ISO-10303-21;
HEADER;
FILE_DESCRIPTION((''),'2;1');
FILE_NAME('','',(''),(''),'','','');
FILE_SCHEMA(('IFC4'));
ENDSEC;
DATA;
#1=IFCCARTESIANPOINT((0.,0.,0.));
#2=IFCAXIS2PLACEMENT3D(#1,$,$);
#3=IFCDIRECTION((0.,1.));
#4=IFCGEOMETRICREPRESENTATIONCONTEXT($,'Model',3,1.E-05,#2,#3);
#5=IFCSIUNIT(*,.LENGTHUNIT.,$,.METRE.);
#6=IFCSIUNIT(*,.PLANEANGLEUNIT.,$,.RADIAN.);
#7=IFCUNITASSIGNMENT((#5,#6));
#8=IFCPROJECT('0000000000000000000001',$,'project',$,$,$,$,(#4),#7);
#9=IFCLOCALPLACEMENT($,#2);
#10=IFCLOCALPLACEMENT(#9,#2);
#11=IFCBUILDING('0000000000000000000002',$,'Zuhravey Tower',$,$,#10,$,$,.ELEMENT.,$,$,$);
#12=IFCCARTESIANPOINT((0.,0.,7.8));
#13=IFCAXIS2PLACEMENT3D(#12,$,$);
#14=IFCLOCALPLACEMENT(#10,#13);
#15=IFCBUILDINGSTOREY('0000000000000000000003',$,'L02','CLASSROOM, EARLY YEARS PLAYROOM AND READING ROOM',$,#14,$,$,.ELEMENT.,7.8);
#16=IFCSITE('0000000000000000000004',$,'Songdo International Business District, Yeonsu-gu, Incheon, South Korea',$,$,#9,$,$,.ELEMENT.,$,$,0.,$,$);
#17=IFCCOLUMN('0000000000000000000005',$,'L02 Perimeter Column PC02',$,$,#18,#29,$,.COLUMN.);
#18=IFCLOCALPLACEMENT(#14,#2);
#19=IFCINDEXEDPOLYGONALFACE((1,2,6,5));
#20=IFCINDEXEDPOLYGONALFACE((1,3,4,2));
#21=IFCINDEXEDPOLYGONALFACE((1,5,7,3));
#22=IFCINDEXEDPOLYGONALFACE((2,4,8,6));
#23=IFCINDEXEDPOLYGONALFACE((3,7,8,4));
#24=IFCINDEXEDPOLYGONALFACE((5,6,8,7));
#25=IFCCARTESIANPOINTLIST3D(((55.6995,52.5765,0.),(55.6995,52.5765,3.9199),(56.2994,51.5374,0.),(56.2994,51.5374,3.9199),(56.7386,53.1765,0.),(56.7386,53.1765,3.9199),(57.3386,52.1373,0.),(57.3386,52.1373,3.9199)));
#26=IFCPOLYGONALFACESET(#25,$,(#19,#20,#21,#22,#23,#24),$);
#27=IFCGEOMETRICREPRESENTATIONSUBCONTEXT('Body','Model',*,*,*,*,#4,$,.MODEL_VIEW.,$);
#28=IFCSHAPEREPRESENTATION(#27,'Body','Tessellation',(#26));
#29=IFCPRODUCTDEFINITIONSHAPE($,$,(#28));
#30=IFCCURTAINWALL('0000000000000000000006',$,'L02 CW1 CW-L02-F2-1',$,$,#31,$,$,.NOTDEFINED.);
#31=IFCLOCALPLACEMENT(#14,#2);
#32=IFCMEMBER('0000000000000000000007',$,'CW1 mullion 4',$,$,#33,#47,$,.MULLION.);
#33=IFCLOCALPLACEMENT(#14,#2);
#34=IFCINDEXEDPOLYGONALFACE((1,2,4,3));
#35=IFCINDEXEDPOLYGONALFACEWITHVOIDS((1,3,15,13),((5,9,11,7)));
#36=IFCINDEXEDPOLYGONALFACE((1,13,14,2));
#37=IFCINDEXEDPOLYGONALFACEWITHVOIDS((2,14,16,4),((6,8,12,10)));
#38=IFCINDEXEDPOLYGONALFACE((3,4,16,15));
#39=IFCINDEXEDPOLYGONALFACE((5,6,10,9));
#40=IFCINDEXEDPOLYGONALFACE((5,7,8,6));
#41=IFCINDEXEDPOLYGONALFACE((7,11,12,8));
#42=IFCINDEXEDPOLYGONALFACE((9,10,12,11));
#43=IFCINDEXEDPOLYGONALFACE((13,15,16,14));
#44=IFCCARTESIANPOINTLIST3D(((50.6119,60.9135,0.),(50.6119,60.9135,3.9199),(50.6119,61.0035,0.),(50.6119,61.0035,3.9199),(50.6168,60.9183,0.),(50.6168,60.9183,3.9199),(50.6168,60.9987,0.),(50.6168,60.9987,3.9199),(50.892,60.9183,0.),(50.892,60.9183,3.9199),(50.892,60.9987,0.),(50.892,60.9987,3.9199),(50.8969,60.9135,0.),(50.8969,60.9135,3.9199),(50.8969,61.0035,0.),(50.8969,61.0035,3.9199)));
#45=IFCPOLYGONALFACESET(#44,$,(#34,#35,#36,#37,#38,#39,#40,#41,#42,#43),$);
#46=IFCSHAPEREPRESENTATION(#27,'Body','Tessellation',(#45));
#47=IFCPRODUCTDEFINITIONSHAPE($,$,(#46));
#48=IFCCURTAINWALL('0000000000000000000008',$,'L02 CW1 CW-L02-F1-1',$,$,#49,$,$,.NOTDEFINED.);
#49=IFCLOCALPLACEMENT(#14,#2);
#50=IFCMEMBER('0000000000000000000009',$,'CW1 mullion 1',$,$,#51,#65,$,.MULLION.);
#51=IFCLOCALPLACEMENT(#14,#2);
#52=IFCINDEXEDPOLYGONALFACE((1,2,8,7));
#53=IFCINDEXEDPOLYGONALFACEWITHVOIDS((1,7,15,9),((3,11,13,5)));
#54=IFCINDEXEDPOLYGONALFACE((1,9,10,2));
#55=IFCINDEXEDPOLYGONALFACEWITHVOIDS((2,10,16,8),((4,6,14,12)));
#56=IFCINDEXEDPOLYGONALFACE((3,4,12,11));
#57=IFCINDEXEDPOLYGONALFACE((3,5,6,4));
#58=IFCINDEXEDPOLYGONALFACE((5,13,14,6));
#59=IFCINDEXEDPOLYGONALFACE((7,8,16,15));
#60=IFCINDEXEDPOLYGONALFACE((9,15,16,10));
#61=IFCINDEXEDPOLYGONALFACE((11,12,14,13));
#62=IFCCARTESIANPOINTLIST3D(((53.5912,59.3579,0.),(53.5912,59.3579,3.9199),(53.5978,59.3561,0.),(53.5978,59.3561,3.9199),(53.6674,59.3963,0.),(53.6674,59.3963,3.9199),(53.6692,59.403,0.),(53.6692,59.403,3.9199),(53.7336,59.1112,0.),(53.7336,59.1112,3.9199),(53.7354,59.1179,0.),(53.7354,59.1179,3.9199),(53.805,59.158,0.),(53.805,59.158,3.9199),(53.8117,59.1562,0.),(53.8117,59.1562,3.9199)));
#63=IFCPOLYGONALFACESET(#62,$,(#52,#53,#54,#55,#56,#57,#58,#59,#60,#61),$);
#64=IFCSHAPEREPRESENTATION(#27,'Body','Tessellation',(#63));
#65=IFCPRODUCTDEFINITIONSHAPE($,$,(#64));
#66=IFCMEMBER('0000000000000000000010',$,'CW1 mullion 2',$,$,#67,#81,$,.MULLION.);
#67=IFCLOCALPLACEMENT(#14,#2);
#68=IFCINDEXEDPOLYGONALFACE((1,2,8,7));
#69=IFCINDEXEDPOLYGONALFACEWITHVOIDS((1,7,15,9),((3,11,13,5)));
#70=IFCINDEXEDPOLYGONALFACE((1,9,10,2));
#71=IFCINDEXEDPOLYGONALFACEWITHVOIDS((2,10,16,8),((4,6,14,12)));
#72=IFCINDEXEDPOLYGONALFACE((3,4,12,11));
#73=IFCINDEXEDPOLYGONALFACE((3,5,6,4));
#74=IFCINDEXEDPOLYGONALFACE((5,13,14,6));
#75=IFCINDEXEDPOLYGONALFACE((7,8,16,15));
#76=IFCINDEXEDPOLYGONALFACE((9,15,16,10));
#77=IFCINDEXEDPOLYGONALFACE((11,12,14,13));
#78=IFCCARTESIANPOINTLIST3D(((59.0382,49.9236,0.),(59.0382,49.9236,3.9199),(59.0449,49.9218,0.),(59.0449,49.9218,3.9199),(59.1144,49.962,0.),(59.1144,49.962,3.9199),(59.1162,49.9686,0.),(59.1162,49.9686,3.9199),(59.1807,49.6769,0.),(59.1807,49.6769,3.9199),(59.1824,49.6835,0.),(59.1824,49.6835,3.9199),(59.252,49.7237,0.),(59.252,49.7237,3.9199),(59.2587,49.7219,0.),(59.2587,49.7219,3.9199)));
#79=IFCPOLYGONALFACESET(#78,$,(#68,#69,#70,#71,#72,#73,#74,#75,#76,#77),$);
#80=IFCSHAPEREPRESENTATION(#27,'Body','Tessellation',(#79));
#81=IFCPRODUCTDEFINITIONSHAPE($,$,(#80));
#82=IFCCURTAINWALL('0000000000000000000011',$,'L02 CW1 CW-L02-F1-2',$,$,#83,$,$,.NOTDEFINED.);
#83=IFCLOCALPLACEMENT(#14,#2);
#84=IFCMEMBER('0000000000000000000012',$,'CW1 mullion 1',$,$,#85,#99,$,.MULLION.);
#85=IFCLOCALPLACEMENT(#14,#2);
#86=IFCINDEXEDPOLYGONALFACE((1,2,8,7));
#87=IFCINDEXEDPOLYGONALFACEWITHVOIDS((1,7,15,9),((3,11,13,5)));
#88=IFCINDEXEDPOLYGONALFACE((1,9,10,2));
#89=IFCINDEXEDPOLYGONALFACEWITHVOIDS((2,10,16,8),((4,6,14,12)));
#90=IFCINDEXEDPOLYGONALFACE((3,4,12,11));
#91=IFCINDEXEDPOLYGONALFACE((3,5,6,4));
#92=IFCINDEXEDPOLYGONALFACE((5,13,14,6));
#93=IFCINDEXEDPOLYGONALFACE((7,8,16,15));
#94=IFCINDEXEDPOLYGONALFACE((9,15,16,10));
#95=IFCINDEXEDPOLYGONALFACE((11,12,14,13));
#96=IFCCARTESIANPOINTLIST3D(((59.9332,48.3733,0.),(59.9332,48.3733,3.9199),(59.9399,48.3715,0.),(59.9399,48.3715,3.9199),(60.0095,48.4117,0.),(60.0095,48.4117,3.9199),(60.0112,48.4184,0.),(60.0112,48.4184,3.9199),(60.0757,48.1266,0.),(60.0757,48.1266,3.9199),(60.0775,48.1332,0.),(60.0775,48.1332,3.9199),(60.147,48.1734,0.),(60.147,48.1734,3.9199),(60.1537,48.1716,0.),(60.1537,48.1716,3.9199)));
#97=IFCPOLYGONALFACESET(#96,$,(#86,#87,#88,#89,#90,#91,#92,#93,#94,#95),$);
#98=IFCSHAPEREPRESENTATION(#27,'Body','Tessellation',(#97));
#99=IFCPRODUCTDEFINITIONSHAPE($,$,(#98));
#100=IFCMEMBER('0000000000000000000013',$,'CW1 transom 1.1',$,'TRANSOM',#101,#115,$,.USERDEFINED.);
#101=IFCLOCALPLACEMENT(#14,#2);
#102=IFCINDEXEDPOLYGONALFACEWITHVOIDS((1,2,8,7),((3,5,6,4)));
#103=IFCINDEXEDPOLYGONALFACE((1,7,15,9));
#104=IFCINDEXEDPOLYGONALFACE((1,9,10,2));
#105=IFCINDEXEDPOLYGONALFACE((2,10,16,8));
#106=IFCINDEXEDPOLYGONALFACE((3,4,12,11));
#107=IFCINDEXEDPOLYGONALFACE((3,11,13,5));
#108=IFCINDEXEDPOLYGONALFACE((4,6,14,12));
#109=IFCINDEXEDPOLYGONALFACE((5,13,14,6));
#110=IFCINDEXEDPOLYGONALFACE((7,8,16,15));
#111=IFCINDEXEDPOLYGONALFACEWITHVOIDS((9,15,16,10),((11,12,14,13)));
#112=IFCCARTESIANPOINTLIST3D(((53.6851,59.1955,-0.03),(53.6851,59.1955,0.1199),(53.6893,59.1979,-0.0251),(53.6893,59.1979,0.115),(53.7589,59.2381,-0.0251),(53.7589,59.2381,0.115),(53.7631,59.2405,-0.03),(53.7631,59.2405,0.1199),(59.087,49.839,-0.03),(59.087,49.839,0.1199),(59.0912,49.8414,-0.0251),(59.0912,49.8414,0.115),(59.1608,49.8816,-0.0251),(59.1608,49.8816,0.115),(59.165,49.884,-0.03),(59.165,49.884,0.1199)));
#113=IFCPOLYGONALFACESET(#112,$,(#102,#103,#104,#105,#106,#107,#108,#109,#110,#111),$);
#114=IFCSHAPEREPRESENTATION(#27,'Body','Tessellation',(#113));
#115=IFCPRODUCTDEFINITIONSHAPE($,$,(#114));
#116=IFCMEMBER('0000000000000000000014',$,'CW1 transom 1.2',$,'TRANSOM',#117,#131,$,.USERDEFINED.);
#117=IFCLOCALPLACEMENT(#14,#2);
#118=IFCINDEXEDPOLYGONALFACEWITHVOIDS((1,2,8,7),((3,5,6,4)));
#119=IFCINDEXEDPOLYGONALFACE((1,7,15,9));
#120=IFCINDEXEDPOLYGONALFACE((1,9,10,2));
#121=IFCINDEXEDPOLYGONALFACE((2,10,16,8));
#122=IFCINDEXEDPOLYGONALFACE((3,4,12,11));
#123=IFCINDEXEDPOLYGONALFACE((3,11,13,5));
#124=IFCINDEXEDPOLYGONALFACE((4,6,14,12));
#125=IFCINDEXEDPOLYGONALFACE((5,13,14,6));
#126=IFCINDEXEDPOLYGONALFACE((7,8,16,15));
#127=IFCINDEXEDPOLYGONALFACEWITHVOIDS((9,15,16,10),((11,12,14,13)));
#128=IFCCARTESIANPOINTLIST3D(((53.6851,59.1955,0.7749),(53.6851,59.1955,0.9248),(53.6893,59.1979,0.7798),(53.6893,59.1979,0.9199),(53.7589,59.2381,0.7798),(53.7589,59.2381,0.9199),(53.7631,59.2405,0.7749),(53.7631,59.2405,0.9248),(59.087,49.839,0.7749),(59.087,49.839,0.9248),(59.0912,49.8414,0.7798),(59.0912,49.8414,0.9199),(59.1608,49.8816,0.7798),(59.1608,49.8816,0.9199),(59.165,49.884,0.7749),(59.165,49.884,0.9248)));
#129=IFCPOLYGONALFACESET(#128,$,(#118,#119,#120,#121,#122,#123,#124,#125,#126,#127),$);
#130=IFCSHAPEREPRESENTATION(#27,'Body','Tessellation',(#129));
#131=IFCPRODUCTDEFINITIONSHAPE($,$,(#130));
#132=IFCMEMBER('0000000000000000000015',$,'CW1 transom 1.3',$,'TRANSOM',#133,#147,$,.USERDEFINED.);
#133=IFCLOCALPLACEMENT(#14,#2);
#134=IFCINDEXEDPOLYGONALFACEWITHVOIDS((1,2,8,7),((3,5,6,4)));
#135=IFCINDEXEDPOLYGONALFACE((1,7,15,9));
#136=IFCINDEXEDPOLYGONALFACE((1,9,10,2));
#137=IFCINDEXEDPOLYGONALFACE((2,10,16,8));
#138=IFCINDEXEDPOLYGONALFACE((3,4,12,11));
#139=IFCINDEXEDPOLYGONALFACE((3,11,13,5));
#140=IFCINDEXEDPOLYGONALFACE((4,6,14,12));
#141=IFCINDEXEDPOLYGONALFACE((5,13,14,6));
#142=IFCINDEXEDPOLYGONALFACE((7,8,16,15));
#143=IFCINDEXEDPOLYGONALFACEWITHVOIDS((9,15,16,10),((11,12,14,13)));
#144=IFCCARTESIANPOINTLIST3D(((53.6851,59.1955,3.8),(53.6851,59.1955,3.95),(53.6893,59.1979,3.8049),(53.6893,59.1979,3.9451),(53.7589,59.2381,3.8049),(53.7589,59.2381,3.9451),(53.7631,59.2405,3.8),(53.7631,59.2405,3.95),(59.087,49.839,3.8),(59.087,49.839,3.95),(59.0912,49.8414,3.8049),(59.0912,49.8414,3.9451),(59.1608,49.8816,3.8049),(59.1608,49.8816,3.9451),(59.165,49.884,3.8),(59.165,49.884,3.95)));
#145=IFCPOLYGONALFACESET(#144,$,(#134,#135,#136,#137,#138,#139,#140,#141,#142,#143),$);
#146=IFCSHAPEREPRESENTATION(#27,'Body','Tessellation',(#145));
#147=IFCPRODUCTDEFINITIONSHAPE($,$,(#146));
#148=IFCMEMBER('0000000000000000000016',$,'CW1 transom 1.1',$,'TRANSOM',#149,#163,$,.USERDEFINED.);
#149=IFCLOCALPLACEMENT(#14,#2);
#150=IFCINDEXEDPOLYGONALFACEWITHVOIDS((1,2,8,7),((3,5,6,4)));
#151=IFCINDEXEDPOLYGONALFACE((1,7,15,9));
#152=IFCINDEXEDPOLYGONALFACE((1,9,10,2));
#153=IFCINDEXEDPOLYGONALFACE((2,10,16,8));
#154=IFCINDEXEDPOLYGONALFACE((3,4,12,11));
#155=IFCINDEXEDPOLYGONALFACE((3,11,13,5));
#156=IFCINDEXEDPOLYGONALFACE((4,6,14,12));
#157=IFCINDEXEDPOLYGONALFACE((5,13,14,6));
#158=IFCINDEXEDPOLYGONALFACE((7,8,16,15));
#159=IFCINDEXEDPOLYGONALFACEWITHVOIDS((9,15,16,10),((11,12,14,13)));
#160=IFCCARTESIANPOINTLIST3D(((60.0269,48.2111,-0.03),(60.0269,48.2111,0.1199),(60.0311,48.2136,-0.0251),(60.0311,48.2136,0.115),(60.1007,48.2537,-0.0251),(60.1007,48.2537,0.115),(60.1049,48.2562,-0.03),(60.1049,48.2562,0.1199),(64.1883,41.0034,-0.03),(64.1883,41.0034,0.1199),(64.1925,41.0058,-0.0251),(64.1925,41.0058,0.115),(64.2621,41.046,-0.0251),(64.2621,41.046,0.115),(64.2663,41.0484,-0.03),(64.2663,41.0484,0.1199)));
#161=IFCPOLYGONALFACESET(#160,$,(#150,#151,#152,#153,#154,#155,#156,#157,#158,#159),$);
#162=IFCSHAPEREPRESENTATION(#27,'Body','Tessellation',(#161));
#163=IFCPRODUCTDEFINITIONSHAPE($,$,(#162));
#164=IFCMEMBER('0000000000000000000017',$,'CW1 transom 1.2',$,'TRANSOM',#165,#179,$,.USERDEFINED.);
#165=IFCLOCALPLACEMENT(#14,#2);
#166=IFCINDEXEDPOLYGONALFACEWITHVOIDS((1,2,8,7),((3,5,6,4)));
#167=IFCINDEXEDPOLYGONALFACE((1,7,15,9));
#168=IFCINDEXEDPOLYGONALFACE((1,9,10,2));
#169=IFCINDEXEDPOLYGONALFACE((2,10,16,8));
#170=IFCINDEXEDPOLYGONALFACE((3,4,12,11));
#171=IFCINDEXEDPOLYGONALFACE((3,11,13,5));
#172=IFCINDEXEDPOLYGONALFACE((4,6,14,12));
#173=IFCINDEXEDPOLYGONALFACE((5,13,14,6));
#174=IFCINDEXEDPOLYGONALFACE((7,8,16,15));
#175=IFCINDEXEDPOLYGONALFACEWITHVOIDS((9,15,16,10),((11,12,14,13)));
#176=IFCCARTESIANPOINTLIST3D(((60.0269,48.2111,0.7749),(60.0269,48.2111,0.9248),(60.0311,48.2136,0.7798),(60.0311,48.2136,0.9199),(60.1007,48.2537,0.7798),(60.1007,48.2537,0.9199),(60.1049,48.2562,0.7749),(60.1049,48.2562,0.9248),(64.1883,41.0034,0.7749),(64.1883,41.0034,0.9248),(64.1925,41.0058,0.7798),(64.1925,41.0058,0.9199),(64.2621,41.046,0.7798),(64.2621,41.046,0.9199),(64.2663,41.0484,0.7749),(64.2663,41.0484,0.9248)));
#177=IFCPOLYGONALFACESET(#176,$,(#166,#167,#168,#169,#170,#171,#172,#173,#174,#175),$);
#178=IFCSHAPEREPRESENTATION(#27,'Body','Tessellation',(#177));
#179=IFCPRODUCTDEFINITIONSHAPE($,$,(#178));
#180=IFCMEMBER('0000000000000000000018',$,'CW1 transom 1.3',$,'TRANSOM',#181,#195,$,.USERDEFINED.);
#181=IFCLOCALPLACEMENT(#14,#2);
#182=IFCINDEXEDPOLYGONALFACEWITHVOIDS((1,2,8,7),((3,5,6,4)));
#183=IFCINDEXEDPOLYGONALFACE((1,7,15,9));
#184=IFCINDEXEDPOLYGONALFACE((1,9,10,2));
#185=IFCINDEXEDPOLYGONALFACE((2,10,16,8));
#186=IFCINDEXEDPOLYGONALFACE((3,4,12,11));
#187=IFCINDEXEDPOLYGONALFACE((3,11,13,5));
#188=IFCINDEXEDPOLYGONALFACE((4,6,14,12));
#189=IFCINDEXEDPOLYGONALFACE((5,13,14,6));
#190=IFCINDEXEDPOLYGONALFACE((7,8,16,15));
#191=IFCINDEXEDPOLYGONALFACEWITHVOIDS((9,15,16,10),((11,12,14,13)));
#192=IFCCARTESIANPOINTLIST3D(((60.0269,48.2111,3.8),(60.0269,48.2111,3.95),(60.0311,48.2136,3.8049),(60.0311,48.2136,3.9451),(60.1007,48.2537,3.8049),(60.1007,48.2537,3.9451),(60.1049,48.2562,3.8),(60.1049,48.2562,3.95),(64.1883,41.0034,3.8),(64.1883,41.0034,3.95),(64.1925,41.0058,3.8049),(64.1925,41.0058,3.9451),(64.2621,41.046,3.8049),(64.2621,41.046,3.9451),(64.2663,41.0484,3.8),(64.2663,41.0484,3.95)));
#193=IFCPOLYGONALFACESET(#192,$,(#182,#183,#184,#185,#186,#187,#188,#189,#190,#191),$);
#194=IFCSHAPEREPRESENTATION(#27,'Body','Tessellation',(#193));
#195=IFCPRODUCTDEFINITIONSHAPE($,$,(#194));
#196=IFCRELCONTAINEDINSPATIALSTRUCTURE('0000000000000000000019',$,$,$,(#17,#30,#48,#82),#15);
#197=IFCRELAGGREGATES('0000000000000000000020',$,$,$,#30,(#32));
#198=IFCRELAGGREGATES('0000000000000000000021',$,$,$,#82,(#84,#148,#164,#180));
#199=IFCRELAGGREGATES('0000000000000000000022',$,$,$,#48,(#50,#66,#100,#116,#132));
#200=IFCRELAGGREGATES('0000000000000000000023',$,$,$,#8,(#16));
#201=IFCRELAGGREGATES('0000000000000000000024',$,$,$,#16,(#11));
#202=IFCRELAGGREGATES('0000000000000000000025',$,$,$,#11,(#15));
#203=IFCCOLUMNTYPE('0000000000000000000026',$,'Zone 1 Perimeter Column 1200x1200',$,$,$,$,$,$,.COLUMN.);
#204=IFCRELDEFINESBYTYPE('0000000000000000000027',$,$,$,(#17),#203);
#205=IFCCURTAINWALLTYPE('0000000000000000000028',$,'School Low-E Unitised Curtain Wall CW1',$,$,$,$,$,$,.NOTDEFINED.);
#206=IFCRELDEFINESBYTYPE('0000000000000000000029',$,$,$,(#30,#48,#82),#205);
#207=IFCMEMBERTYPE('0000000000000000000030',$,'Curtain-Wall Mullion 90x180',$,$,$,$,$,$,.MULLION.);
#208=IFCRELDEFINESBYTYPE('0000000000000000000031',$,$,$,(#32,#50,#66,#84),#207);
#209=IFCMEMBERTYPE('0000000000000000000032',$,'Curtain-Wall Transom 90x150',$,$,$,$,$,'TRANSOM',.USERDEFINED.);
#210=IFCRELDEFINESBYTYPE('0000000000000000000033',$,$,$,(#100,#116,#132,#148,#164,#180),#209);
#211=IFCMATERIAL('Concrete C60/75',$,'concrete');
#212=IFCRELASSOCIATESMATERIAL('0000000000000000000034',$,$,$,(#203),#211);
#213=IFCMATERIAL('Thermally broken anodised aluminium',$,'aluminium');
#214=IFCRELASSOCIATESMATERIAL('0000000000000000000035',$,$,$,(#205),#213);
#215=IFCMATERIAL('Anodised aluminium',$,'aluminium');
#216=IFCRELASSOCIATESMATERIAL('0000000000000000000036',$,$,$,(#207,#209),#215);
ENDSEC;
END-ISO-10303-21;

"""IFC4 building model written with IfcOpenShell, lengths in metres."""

from ifc_helpers import new_model, si_unit, direction, frame, origin, origin_2d, place, context, subcontext, project, spatial, rectangle, hollow_rectangle, extrude, material, material_profile, profile_set, type_object, element, aggregate, save


model = new_model("IFC4")

# Units and contexts
model_context = context("Model", 3, precision=1e-05, world=origin(), true_north=direction((0.0, 1.0)))
body_context = subcontext(model_context, "Body", "Model", "MODEL_VIEW")
ifc_project = project(units=[si_unit("LENGTHUNIT", "METRE"), si_unit("PLANEANGLEUNIT", "RADIAN")], contexts=[model_context])

# Site, building, storey
site_placement = place(None, origin())
site = spatial("IfcSite", under=ifc_project, at=site_placement, Name="Songdo International Business District, Yeonsu-gu, Incheon, South Korea", CompositionType="ELEMENT", RefElevation=0.0)
building_placement = place(site_placement, origin())
building = spatial("IfcBuilding", under=site, at=building_placement, Name="Zuhravey Tower", CompositionType="ELEMENT")
storey_placement = place(building_placement, frame((0.0, 0.0, 7.8)))
storey = spatial("IfcBuildingStorey", under=building, at=storey_placement, Name="L02", Description="CLASSROOM, EARLY YEARS PLAYROOM AND READING ROOM", CompositionType="ELEMENT", Elevation=7.8)

# Column
ifc_material_1 = material(Name="Concrete C60/75", Category="concrete")
ifc_material_profile_1 = material_profile(ifc_material_1, rectangle(XDim=1.2, YDim=1.2, at=origin_2d()), Name="RC-1200x1200")
ifc_profile_set_1 = profile_set([ifc_material_profile_1], Name="Concrete C60/75")
column_type = type_object("IfcColumnType", Name="Zone 1 Perimeter Column 1200x1200", PredefinedType="COLUMN", material=ifc_profile_set_1)
column_placement = place(storey_placement, frame((56.519, 52.3569, 0.0), z_axis=(0.0, 0.0, 1.0), x_axis=(-0.5, 0.866025, 0.0)))
element("IfcColumn", 1, at=column_placement, inside=storey, type_object=column_type, Name="L02 Perimeter Column PC02", PredefinedType="COLUMN", context=body_context, shape_type="SweptSolid", body=[
    extrude(rectangle(XDim=1.2, YDim=1.2, at=origin_2d()), origin(), (0.0, 0.0, 1.0), 3.9199),
])

# Curtain wall, member
ifc_material_2 = material(Name="Thermally broken anodised aluminium", Category="aluminium")
curtain_wall_type = type_object("IfcCurtainWallType", Name="School Low-E Unitised Curtain Wall CW1", PredefinedType="NOTDEFINED", material=ifc_material_2)
curtain_wall_1_placement = place(storey_placement, origin())
curtain_wall_1 = element("IfcCurtainWall", 2, at=curtain_wall_1_placement, inside=storey, type_object=curtain_wall_type, Name="L02 CW1 CW-L02-F2-1", PredefinedType="NOTDEFINED")
ifc_material_3 = material(Name="Anodised aluminium", Category="aluminium")
ifc_material_profile_2 = material_profile(ifc_material_3, hollow_rectangle(XDim=0.0901, YDim=0.2849, WallThickness=0.0049, at=origin_2d()), Name="ALU-RHS-90x285x5")
ifc_profile_set_2 = profile_set([ifc_material_profile_2], Name="Anodised aluminium")
member_type_1 = type_object("IfcMemberType", Name="Curtain-Wall Mullion 90x180", PredefinedType="MULLION", material=ifc_profile_set_2)
member_1_placement = place(storey_placement, frame((50.7544, 60.9585, 0.0), z_axis=(0.0, 0.0, 1.0), x_axis=(0.0, 1.0, 0.0)))
member_1 = element("IfcMember", 3, at=member_1_placement, type_object=member_type_1, Name="CW1 mullion 4", PredefinedType="MULLION", context=body_context, shape_type="SweptSolid", body=[
    extrude(hollow_rectangle(XDim=0.0901, YDim=0.2849, WallThickness=0.0049, at=origin_2d()), origin(), (0.0, 0.0, 1.0), 3.9199),
])
aggregate(curtain_wall_1, [member_1])

# Curtain wall, members
curtain_wall_2_placement = place(storey_placement, origin())
curtain_wall_2 = element("IfcCurtainWall", 4, at=curtain_wall_2_placement, inside=storey, type_object=curtain_wall_type, Name="L02 CW1 CW-L02-F1-1", PredefinedType="NOTDEFINED")
member_2_placement = place(storey_placement, frame((53.7014, 59.2571, 0.0), z_axis=(0.0, 0.0, 1.0), x_axis=(0.866027, 0.499998, 0.0)))
member_2 = element("IfcMember", 5, at=member_2_placement, type_object=member_type_1, Name="CW1 mullion 1", PredefinedType="MULLION", context=body_context, shape_type="SweptSolid", body=[
    extrude(hollow_rectangle(XDim=0.0901, YDim=0.2849, WallThickness=0.0049, at=origin_2d()), origin(), (0.0, 0.0, 1.0), 3.9199),
])
member_3_placement = place(storey_placement, frame((59.1484, 49.8228, 0.0), z_axis=(0.0, 0.0, 1.0), x_axis=(0.866027, 0.499998, 0.0)))
member_3 = element("IfcMember", 6, at=member_3_placement, type_object=member_type_1, Name="CW1 mullion 2", PredefinedType="MULLION", context=body_context, shape_type="SweptSolid", body=[
    extrude(hollow_rectangle(XDim=0.0901, YDim=0.2849, WallThickness=0.0049, at=origin_2d()), origin(), (0.0, 0.0, 1.0), 3.9199),
])

# Curtain wall, member
curtain_wall_3_placement = place(storey_placement, origin())
curtain_wall_3 = element("IfcCurtainWall", 7, at=curtain_wall_3_placement, inside=storey, type_object=curtain_wall_type, Name="L02 CW1 CW-L02-F1-2", PredefinedType="NOTDEFINED")
member_4_placement = place(storey_placement, frame((60.0435, 48.2725, 0.0), z_axis=(0.0, 0.0, 1.0), x_axis=(0.866026, 0.5, 0.0)))
member_4 = element("IfcMember", 8, at=member_4_placement, type_object=member_type_1, Name="CW1 mullion 1", PredefinedType="MULLION", context=body_context, shape_type="SweptSolid", body=[
    extrude(hollow_rectangle(XDim=0.0901, YDim=0.2849, WallThickness=0.0049, at=origin_2d()), origin(), (0.0, 0.0, 1.0), 3.9199),
])

# Members
ifc_material_profile_3 = material_profile(ifc_material_3, hollow_rectangle(XDim=0.0901, YDim=0.1499, WallThickness=0.0049, at=origin_2d()), Name="ALU-RHS-90x150x5")
ifc_profile_set_3 = profile_set([ifc_material_profile_3], Name="Anodised aluminium")
member_type_2 = type_object("IfcMemberType", Name="Curtain-Wall Transom 90x150", ElementType="TRANSOM", PredefinedType="USERDEFINED", material=ifc_profile_set_3)
member_5_placement = place(storey_placement, frame((53.7241, 59.218, 0.0449), z_axis=(0.499994, -0.866029, 0.0), x_axis=(0.866029, 0.499994, 0.0)))
member_5 = element("IfcMember", 9, at=member_5_placement, type_object=member_type_2, Name="CW1 transom 1.1", ObjectType="TRANSOM", PredefinedType="USERDEFINED", context=body_context, shape_type="SweptSolid", body=[
    extrude(hollow_rectangle(XDim=0.0901, YDim=0.1499, WallThickness=0.0049, at=origin_2d()), origin(), (0.0, 0.0, 1.0), 10.804),
])
member_6_placement = place(storey_placement, frame((53.7241, 59.218, 0.8499), z_axis=(0.499994, -0.866029, 0.0), x_axis=(0.866029, 0.499994, 0.0)))
member_6 = element("IfcMember", 10, at=member_6_placement, type_object=member_type_2, Name="CW1 transom 1.2", ObjectType="TRANSOM", PredefinedType="USERDEFINED", context=body_context, shape_type="SweptSolid", body=[
    extrude(hollow_rectangle(XDim=0.0901, YDim=0.1499, WallThickness=0.0049, at=origin_2d()), origin(), (0.0, 0.0, 1.0), 10.804),
])
member_7_placement = place(storey_placement, frame((53.7241, 59.218, 3.875), z_axis=(0.499994, -0.866029, 0.0), x_axis=(0.866029, 0.499994, 0.0)))
member_7 = element("IfcMember", 11, at=member_7_placement, type_object=member_type_2, Name="CW1 transom 1.3", ObjectType="TRANSOM", PredefinedType="USERDEFINED", context=body_context, shape_type="SweptSolid", body=[
    extrude(hollow_rectangle(XDim=0.0901, YDim=0.1499, WallThickness=0.0049, at=origin_2d()), origin(), (0.0, 0.0, 1.0), 10.804),
])
member_8_placement = place(storey_placement, frame((60.0659, 48.2336, 0.0449), z_axis=(0.499998, -0.866027, 0.0), x_axis=(0.866027, 0.499998, 0.0)))
member_8 = element("IfcMember", 12, at=member_8_placement, type_object=member_type_2, Name="CW1 transom 1.1", ObjectType="TRANSOM", PredefinedType="USERDEFINED", context=body_context, shape_type="SweptSolid", body=[
    extrude(hollow_rectangle(XDim=0.0901, YDim=0.1499, WallThickness=0.0049, at=origin_2d()), origin(), (0.0, 0.0, 1.0), 8.3228),
])
member_9_placement = place(storey_placement, frame((60.0659, 48.2336, 0.8499), z_axis=(0.499998, -0.866027, 0.0), x_axis=(0.866027, 0.499998, 0.0)))
member_9 = element("IfcMember", 13, at=member_9_placement, type_object=member_type_2, Name="CW1 transom 1.2", ObjectType="TRANSOM", PredefinedType="USERDEFINED", context=body_context, shape_type="SweptSolid", body=[
    extrude(hollow_rectangle(XDim=0.0901, YDim=0.1499, WallThickness=0.0049, at=origin_2d()), origin(), (0.0, 0.0, 1.0), 8.3228),
])
member_10_placement = place(storey_placement, frame((60.0659, 48.2336, 3.875), z_axis=(0.499998, -0.866027, 0.0), x_axis=(0.866027, 0.499998, 0.0)))
member_10 = element("IfcMember", 14, at=member_10_placement, type_object=member_type_2, Name="CW1 transom 1.3", ObjectType="TRANSOM", PredefinedType="USERDEFINED", context=body_context, shape_type="SweptSolid", body=[
    extrude(hollow_rectangle(XDim=0.0901, YDim=0.1499, WallThickness=0.0049, at=origin_2d()), origin(), (0.0, 0.0, 1.0), 8.3228),
])
aggregate(curtain_wall_3, [member_4, member_8, member_9, member_10])

aggregate(curtain_wall_2, [member_2, member_3, member_5, member_6, member_7])

save(model, "model.ifc")
